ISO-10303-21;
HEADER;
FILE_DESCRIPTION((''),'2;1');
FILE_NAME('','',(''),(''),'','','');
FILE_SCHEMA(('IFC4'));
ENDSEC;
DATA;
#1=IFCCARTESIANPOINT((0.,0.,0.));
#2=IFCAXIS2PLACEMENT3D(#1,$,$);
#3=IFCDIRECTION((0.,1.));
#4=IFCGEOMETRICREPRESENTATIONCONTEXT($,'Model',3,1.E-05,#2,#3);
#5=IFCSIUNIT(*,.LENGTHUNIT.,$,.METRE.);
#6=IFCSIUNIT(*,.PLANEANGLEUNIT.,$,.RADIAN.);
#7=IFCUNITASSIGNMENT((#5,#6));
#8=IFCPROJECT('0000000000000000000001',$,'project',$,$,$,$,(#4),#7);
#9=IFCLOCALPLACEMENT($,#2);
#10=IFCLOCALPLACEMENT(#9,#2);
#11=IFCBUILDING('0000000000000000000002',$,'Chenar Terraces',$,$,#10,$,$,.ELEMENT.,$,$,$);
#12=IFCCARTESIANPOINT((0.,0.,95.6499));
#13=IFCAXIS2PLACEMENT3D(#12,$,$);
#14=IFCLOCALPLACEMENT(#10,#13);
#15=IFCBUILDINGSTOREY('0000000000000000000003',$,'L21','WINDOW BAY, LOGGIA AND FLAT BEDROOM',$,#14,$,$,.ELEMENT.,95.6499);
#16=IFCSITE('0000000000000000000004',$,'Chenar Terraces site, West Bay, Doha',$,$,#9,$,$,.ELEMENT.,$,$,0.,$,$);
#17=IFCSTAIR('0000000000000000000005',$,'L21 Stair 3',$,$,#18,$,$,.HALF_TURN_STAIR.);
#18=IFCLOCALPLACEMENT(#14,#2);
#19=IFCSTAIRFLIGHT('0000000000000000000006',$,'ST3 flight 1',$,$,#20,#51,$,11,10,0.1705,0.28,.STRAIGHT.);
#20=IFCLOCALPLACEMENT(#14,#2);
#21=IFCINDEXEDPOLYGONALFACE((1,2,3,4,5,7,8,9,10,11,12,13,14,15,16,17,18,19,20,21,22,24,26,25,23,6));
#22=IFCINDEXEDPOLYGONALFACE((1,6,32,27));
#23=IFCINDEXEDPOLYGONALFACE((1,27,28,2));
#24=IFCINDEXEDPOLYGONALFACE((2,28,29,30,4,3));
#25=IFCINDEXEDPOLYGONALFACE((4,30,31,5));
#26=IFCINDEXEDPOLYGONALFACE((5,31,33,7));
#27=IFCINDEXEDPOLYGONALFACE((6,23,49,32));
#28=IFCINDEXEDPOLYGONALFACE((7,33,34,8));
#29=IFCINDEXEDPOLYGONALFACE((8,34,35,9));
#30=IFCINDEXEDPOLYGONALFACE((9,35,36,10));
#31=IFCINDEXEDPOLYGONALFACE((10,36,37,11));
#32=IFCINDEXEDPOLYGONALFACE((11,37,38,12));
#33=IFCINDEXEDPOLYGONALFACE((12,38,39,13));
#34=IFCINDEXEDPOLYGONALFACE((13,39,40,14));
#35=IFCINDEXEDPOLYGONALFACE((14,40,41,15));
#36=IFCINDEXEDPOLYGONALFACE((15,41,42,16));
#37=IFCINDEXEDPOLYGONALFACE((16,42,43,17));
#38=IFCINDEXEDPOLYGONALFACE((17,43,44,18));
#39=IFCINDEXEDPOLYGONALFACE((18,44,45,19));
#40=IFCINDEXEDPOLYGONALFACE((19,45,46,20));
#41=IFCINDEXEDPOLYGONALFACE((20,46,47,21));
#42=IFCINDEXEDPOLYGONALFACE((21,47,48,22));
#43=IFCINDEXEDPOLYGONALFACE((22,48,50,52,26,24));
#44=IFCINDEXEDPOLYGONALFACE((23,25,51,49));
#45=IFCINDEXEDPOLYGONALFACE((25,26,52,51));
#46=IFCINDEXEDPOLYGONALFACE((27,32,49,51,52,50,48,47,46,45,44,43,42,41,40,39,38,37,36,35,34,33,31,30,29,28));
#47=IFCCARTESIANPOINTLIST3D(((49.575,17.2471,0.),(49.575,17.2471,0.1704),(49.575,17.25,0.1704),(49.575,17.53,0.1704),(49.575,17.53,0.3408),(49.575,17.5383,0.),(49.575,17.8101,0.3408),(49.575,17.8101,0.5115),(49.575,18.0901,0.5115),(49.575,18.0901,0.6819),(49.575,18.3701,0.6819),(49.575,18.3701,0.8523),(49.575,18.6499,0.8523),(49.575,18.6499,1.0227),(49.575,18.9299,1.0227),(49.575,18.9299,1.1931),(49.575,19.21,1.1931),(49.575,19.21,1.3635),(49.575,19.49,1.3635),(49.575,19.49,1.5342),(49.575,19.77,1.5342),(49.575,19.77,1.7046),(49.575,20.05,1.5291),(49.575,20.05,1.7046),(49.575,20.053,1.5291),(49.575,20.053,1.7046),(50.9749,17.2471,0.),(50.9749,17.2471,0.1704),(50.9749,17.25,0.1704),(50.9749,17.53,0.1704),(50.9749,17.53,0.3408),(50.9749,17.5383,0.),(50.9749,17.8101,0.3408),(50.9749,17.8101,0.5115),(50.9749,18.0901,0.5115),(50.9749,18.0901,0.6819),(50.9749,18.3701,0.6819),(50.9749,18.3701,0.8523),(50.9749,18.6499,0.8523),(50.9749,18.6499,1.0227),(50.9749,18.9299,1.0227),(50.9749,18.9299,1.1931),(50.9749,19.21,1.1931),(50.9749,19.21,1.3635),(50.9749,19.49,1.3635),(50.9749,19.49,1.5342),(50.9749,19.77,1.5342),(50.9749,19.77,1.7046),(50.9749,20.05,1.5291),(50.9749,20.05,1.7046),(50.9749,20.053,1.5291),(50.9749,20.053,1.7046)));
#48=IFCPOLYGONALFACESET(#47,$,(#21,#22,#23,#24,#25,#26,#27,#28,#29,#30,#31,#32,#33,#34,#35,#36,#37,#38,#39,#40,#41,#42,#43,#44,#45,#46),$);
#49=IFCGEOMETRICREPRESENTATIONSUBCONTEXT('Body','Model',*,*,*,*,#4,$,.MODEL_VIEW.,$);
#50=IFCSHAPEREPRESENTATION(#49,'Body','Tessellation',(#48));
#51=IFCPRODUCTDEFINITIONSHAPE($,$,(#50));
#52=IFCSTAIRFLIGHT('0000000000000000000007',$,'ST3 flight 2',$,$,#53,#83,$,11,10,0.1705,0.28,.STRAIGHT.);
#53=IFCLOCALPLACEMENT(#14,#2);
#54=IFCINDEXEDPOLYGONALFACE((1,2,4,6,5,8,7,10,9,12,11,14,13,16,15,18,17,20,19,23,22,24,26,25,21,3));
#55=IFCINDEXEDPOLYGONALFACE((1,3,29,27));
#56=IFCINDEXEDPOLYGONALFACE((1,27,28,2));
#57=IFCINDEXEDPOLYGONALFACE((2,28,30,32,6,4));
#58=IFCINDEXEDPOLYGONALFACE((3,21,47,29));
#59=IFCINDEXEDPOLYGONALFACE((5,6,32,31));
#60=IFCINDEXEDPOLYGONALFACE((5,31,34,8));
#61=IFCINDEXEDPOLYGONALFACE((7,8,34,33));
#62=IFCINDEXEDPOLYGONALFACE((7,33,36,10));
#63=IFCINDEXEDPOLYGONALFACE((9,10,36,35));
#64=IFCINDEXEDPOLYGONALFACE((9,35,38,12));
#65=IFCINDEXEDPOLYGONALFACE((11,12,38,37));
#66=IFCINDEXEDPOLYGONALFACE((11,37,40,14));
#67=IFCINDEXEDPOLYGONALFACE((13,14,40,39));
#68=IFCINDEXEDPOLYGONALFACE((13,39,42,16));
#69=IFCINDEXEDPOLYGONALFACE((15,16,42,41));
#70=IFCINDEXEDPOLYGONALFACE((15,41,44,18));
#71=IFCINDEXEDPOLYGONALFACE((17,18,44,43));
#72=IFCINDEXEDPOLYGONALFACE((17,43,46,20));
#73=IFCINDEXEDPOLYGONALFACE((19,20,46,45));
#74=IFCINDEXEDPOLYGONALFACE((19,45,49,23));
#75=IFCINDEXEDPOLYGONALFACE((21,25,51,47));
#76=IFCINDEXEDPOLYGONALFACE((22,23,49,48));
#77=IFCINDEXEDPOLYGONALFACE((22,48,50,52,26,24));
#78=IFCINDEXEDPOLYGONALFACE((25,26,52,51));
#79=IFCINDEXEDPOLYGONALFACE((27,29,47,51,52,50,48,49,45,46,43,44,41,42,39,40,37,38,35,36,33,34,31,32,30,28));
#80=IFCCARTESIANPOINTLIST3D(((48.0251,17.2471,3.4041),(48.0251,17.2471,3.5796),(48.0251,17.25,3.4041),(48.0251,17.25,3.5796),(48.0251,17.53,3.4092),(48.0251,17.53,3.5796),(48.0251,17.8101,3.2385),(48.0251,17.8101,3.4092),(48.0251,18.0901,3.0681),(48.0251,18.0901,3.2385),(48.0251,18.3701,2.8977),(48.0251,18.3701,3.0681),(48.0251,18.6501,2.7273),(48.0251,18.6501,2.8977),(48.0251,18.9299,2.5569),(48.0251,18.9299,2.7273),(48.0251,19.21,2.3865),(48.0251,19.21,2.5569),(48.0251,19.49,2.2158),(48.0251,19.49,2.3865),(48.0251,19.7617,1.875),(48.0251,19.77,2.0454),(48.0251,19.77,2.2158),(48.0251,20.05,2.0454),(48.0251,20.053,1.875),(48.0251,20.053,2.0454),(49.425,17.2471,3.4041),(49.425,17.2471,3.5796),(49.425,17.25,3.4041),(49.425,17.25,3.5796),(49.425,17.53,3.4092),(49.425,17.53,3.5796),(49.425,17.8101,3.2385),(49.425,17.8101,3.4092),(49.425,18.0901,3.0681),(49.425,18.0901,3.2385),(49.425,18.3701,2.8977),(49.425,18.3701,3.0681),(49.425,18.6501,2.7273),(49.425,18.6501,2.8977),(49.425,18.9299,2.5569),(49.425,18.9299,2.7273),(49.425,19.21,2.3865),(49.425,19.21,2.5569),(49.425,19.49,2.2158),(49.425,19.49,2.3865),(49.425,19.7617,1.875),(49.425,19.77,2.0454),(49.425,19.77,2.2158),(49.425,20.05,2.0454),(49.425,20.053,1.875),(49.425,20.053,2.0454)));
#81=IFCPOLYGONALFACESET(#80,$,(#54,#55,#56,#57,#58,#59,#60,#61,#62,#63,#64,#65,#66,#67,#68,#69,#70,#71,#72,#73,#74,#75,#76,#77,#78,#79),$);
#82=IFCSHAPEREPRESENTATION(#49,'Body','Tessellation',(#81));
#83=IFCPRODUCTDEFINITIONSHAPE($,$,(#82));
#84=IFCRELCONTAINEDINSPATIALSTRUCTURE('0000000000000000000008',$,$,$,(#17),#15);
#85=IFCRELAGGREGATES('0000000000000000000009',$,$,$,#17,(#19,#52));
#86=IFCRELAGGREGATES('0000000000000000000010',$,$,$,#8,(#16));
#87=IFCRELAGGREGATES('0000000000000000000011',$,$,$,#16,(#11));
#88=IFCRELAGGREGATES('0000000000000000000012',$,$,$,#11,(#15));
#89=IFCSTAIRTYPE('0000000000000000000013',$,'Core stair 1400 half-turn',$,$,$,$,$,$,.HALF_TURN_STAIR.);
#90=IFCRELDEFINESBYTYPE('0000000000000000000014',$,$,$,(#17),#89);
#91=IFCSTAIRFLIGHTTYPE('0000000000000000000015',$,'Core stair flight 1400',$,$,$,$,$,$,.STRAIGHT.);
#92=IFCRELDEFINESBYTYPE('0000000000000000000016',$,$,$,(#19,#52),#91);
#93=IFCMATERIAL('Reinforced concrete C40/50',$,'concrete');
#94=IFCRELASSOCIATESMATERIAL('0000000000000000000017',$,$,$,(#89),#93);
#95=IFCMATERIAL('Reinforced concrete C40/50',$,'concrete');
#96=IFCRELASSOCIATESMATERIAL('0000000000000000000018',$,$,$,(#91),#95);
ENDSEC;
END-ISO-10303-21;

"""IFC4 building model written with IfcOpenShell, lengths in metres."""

from ifc_helpers import new_model, si_unit, direction, frame, origin, place, context, subcontext, project, spatial, polyline, outline, extrude, material, type_object, element, aggregate, save


model = new_model("IFC4")

# Units and contexts
model_context = context("Model", 3, precision=1e-05, world=origin(), true_north=direction((0.0, 1.0)))
body_context = subcontext(model_context, "Body", "Model", "MODEL_VIEW")
ifc_project = project(units=[si_unit("LENGTHUNIT", "METRE"), si_unit("PLANEANGLEUNIT", "RADIAN")], contexts=[model_context])

# Site, building, storey
site_placement = place(None, origin())
site = spatial("IfcSite", under=ifc_project, at=site_placement, Name="Chenar Terraces site, West Bay, Doha", CompositionType="ELEMENT", RefElevation=0.0)
building_placement = place(site_placement, origin())
building = spatial("IfcBuilding", under=site, at=building_placement, Name="Chenar Terraces", CompositionType="ELEMENT")
storey_placement = place(building_placement, frame((0.0, 0.0, 95.6499)))
storey = spatial("IfcBuildingStorey", under=building, at=storey_placement, Name="L21", Description="WINDOW BAY, LOGGIA AND FLAT BEDROOM", CompositionType="ELEMENT", Elevation=95.6499)

# Stair, stair flights
ifc_material_1 = material(Name="Reinforced concrete C40/50", Category="concrete")
stair_type = type_object("IfcStairType", Name="Core stair 1400 half-turn", PredefinedType="HALF_TURN_STAIR", material=ifc_material_1)
stair_placement = place(storey_placement, origin())
stair = element("IfcStair", 1, at=stair_placement, inside=storey, type_object=stair_type, Name="L21 Stair 3", PredefinedType="HALF_TURN_STAIR")
ifc_material_2 = material(Name="Reinforced concrete C40/50", Category="concrete")
stair_flight_type = type_object("IfcStairFlightType", Name="Core stair flight 1400", PredefinedType="STRAIGHT", material=ifc_material_2)
stair_flight_1_placement = place(storey_placement, frame((50.2749, 17.25, 0.0), z_axis=(0.0, 0.0, 1.0), x_axis=(0.0, 1.0, 0.0)))
stair_flight_1 = element("IfcStairFlight", 2, at=stair_flight_1_placement, type_object=stair_flight_type, Name="ST3 flight 1", NumberOfRisers=11, NumberOfTreads=10, PredefinedType="STRAIGHT", RiserHeight=0.1705, TreadLength=0.28, context=body_context, shape_type="SweptSolid", body=[
    extrude(outline(polyline([(-0.0029, 0.0), (-0.0029, 0.1704), (0.0, 0.1704), (0.28, 0.1704), (0.28, 0.3408), (0.5601, 0.3408), (0.5601, 0.5115), (0.8401, 0.5115), (0.8401, 0.6819), (1.1201, 0.6819), (1.1201, 0.8523), (1.3999, 0.8523), (1.3999, 1.0227), (1.6799, 1.0227), (1.6799, 1.1931), (1.96, 1.1931), (1.96, 1.3635), (2.24, 1.3635), (2.24, 1.5342), (2.52, 1.5342), (2.52, 1.7046), (2.8, 1.7046), (2.803, 1.7046), (2.803, 1.5291), (2.8, 1.5291), (0.2883, 0.0), (-0.0029, 0.0)])), frame((0.0, 0.7, 0.0), z_axis=(0.0, -1.0, 0.0), x_axis=(1.0, 0.0, 0.0)), (0.0, 0.0, 1.0), 1.3999),
])
stair_flight_2_placement = place(storey_placement, frame((48.7251, 20.05, 1.875), z_axis=(0.0, 0.0, 1.0), x_axis=(0.0, -1.0, 0.0)))
stair_flight_2 = element("IfcStairFlight", 3, at=stair_flight_2_placement, type_object=stair_flight_type, Name="ST3 flight 2", NumberOfRisers=11, NumberOfTreads=10, PredefinedType="STRAIGHT", RiserHeight=0.1705, TreadLength=0.28, context=body_context, shape_type="SweptSolid", body=[
    extrude(outline(polyline([(-0.0029, 0.0), (-0.0029, 0.1704), (0.0, 0.1704), (0.28, 0.1704), (0.28, 0.3408), (0.5601, 0.3408), (0.5601, 0.5115), (0.8401, 0.5115), (0.8401, 0.6819), (1.1201, 0.6819), (1.1201, 0.8523), (1.3999, 0.8523), (1.3999, 1.0227), (1.6799, 1.0227), (1.6799, 1.1931), (1.96, 1.1931), (1.96, 1.3635), (2.24, 1.3635), (2.24, 1.5342), (2.52, 1.5342), (2.52, 1.7046), (2.8, 1.7046), (2.803, 1.7046), (2.803, 1.5291), (2.8, 1.5291), (0.2883, 0.0), (-0.0029, 0.0)])), frame((0.0, 0.7, 0.0), z_axis=(0.0, -1.0, 0.0), x_axis=(1.0, 0.0, 0.0)), (0.0, 0.0, 1.0), 1.3999),
])
aggregate(stair, [stair_flight_1, stair_flight_2])

save(model, "model.ifc")
